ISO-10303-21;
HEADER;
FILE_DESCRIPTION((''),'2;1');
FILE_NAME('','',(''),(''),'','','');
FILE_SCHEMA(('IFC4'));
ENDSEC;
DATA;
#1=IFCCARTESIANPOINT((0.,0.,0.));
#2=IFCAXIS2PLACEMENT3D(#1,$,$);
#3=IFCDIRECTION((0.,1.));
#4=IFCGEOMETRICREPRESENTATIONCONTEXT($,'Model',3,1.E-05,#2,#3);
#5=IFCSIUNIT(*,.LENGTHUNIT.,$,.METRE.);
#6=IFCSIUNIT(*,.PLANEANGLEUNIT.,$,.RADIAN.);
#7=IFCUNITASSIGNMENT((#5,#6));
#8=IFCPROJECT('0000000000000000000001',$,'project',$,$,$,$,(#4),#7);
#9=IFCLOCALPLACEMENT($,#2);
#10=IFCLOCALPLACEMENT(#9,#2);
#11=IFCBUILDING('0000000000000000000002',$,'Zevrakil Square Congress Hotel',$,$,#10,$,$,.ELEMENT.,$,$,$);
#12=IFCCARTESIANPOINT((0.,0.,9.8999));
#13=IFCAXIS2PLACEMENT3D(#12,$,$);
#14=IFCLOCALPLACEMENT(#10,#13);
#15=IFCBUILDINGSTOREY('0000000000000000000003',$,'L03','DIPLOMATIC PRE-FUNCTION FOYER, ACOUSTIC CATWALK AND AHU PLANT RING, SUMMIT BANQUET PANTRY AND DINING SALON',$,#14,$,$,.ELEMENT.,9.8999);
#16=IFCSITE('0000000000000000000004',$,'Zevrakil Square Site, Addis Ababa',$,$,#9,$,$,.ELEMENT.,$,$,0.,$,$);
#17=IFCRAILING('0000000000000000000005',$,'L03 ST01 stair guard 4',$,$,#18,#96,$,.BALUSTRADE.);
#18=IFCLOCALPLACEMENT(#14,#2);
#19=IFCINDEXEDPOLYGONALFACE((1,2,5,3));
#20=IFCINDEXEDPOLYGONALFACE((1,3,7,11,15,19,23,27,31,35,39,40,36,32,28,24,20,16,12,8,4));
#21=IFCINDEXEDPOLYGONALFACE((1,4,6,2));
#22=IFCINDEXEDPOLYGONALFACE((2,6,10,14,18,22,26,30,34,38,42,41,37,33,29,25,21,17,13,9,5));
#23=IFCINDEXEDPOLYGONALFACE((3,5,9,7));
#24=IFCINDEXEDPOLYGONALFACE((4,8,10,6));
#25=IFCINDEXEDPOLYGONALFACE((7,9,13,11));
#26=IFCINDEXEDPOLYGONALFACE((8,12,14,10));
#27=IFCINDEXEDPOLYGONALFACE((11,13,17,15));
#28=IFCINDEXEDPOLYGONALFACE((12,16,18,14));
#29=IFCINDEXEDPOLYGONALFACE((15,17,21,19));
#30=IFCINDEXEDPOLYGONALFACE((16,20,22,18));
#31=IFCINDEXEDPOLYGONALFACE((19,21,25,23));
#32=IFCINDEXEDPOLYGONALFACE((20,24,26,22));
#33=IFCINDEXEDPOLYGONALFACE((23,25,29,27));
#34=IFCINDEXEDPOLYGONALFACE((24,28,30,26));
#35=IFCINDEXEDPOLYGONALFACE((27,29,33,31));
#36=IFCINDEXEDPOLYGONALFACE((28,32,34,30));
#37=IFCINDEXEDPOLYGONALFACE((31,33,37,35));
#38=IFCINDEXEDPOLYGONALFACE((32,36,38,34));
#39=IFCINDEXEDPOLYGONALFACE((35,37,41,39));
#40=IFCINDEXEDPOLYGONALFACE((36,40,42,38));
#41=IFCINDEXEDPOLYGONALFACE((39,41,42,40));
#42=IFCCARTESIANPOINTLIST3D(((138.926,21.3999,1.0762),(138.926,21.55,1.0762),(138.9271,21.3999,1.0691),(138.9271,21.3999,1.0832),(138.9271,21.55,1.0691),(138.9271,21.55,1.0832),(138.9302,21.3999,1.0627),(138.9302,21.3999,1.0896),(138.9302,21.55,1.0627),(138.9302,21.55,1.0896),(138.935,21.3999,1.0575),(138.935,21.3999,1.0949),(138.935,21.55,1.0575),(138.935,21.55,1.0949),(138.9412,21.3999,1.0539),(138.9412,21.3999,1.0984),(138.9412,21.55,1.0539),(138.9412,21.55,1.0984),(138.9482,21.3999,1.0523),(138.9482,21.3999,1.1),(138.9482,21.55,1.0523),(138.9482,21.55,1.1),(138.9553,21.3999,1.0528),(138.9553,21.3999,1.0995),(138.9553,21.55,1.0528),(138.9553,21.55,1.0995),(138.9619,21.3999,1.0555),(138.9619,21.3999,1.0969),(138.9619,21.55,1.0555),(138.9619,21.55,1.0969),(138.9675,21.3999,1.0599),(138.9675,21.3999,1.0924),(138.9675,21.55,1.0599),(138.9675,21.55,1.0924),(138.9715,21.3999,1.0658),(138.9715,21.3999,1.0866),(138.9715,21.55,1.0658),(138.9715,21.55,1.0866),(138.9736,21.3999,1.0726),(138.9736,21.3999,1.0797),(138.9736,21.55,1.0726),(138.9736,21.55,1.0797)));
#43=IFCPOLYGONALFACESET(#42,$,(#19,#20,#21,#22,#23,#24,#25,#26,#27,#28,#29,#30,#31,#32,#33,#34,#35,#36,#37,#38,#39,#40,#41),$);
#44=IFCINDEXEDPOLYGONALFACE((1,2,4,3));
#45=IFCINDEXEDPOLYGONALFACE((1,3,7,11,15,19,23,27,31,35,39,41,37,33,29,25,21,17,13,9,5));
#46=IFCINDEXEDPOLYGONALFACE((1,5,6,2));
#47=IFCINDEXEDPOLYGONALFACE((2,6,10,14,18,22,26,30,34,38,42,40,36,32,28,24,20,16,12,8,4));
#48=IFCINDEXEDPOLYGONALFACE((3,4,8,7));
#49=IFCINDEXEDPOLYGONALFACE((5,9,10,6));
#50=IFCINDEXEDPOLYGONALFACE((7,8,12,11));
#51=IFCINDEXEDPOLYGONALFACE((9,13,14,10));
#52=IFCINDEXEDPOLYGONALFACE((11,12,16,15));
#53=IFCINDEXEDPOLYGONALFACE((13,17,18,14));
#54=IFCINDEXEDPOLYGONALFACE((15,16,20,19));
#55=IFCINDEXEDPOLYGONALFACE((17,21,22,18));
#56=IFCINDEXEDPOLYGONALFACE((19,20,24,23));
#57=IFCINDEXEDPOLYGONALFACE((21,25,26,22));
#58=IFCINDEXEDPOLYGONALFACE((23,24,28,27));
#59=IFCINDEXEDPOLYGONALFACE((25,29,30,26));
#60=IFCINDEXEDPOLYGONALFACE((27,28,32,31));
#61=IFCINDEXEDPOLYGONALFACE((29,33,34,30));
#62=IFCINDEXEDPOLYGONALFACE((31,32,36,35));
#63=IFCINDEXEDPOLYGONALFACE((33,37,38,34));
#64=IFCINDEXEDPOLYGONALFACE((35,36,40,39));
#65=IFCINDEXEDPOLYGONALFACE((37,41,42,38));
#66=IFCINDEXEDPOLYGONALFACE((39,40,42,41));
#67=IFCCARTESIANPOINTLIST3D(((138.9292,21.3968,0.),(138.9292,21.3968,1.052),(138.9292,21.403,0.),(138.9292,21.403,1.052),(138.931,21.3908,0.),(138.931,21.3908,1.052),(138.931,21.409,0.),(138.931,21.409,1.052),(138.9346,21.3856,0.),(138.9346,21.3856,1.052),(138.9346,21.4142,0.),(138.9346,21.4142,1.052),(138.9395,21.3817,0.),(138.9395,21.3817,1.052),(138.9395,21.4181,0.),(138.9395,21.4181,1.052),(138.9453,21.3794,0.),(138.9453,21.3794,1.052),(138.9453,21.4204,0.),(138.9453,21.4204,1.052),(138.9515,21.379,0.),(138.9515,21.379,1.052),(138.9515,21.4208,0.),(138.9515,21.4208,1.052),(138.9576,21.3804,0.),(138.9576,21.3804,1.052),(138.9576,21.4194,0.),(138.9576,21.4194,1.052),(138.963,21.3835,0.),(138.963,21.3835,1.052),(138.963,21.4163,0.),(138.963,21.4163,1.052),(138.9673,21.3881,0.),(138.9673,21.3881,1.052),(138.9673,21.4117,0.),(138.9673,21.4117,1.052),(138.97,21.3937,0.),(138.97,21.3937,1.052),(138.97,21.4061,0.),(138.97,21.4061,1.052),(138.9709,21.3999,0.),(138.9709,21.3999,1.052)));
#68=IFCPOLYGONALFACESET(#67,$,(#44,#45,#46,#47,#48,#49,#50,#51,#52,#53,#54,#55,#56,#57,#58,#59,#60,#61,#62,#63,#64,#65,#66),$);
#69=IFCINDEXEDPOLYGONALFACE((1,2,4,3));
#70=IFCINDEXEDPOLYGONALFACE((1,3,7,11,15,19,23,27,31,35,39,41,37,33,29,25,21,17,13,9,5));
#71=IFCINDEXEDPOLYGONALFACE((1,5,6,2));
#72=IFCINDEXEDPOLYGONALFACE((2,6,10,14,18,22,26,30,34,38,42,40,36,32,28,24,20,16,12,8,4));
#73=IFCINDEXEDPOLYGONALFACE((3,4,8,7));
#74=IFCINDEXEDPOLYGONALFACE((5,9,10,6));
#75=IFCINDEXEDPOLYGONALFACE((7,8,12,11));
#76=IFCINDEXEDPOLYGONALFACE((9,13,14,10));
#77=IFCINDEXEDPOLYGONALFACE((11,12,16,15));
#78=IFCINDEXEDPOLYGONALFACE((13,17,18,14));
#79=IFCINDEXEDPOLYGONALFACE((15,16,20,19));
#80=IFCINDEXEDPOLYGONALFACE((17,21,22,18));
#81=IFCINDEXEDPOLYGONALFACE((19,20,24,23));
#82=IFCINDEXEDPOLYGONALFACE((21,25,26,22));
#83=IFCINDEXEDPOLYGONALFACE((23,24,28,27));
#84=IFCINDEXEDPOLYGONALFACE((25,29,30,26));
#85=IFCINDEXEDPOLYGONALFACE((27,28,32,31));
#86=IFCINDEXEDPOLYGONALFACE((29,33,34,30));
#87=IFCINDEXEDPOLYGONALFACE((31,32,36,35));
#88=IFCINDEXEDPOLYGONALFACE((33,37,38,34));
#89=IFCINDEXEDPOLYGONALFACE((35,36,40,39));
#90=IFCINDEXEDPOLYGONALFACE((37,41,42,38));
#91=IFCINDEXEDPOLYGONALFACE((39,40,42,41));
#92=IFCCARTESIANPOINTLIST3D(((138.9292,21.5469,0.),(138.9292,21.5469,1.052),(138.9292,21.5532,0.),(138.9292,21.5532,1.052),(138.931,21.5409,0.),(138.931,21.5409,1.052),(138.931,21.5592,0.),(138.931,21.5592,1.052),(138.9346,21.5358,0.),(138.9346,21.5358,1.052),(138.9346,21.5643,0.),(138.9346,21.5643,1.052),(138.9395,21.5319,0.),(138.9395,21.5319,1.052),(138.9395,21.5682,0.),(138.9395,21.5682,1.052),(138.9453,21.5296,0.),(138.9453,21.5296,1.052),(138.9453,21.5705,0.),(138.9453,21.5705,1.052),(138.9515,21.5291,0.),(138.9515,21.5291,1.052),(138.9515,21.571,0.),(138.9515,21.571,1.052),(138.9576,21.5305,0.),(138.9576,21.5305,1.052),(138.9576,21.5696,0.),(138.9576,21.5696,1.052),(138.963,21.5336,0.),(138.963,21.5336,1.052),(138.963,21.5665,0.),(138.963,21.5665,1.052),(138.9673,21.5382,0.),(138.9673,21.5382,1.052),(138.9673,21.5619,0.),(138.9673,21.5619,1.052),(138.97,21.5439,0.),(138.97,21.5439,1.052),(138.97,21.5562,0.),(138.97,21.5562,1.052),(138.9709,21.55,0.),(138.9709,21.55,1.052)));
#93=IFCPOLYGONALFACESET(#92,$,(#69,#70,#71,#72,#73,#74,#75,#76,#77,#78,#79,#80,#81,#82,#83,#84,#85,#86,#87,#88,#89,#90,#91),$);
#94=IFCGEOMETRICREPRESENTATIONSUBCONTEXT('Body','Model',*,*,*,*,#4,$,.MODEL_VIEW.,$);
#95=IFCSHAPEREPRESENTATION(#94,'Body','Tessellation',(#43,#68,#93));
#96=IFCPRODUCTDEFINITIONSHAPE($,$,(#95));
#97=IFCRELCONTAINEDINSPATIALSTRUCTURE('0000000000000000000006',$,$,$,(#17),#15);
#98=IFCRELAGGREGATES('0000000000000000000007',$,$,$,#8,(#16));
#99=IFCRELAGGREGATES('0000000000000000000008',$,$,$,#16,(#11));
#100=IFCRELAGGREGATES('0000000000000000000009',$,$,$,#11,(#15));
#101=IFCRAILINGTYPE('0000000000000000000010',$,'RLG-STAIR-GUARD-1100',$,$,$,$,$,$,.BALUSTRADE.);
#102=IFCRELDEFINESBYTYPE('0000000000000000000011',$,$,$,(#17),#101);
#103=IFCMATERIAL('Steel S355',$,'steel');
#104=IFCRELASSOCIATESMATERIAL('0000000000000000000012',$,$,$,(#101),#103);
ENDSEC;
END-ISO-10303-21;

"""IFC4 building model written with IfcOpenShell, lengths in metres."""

from ifc_helpers import new_model, si_unit, direction, frame, origin, origin_2d, place, context, subcontext, project, spatial, circle, extrude, material, type_object, element, save


model = new_model("IFC4")

# Units and contexts
model_context = context("Model", 3, precision=1e-05, world=origin(), true_north=direction((0.0, 1.0)))
body_context = subcontext(model_context, "Body", "Model", "MODEL_VIEW")
ifc_project = project(units=[si_unit("LENGTHUNIT", "METRE"), si_unit("PLANEANGLEUNIT", "RADIAN")], contexts=[model_context])

# Site, building, storey
site_placement = place(None, origin())
site = spatial("IfcSite", under=ifc_project, at=site_placement, Name="Zevrakil Square Site, Addis Ababa", CompositionType="ELEMENT", RefElevation=0.0)
building_placement = place(site_placement, origin())
building = spatial("IfcBuilding", under=site, at=building_placement, Name="Zevrakil Square Congress Hotel", CompositionType="ELEMENT")
storey_placement = place(building_placement, frame((0.0, 0.0, 9.8999)))
storey = spatial("IfcBuildingStorey", under=building, at=storey_placement, Name="L03", Description="DIPLOMATIC PRE-FUNCTION FOYER, ACOUSTIC CATWALK AND AHU PLANT RING, SUMMIT BANQUET PANTRY AND DINING SALON", CompositionType="ELEMENT", Elevation=9.8999)

# Railing
ifc_material_1 = material(Name="Steel S355", Category="steel")
railing_type_1 = type_object("IfcRailingType", Name="RLG-STAIR-GUARD-1100", PredefinedType="BALUSTRADE", material=ifc_material_1)
railing_1_placement = place(storey_placement, frame((138.95, 21.3999, 0.0)))
element("IfcRailing", 1, at=railing_1_placement, inside=storey, type_object=railing_type_1, Name="L03 ST01 stair guard 4", PredefinedType="BALUSTRADE", context=body_context, shape_type="SweptSolid", body=[
    extrude(circle(Radius=0.0239, at=origin_2d()), frame((0.0, 0.0, 1.0762), z_axis=(0.0, 1.0, 0.0), x_axis=(-1.0, 0.0, 0.0)), (0.0, 0.0, 1.0), 0.1501),
    extrude(circle(Radius=0.021, at=origin_2d()), origin(), (0.0, 0.0, 1.0), 1.052),
    extrude(circle(Radius=0.021, at=origin_2d()), frame((0.0, 0.1501, 0.0)), (0.0, 0.0, 1.0), 1.052),
])

save(model, "model.ifc")
